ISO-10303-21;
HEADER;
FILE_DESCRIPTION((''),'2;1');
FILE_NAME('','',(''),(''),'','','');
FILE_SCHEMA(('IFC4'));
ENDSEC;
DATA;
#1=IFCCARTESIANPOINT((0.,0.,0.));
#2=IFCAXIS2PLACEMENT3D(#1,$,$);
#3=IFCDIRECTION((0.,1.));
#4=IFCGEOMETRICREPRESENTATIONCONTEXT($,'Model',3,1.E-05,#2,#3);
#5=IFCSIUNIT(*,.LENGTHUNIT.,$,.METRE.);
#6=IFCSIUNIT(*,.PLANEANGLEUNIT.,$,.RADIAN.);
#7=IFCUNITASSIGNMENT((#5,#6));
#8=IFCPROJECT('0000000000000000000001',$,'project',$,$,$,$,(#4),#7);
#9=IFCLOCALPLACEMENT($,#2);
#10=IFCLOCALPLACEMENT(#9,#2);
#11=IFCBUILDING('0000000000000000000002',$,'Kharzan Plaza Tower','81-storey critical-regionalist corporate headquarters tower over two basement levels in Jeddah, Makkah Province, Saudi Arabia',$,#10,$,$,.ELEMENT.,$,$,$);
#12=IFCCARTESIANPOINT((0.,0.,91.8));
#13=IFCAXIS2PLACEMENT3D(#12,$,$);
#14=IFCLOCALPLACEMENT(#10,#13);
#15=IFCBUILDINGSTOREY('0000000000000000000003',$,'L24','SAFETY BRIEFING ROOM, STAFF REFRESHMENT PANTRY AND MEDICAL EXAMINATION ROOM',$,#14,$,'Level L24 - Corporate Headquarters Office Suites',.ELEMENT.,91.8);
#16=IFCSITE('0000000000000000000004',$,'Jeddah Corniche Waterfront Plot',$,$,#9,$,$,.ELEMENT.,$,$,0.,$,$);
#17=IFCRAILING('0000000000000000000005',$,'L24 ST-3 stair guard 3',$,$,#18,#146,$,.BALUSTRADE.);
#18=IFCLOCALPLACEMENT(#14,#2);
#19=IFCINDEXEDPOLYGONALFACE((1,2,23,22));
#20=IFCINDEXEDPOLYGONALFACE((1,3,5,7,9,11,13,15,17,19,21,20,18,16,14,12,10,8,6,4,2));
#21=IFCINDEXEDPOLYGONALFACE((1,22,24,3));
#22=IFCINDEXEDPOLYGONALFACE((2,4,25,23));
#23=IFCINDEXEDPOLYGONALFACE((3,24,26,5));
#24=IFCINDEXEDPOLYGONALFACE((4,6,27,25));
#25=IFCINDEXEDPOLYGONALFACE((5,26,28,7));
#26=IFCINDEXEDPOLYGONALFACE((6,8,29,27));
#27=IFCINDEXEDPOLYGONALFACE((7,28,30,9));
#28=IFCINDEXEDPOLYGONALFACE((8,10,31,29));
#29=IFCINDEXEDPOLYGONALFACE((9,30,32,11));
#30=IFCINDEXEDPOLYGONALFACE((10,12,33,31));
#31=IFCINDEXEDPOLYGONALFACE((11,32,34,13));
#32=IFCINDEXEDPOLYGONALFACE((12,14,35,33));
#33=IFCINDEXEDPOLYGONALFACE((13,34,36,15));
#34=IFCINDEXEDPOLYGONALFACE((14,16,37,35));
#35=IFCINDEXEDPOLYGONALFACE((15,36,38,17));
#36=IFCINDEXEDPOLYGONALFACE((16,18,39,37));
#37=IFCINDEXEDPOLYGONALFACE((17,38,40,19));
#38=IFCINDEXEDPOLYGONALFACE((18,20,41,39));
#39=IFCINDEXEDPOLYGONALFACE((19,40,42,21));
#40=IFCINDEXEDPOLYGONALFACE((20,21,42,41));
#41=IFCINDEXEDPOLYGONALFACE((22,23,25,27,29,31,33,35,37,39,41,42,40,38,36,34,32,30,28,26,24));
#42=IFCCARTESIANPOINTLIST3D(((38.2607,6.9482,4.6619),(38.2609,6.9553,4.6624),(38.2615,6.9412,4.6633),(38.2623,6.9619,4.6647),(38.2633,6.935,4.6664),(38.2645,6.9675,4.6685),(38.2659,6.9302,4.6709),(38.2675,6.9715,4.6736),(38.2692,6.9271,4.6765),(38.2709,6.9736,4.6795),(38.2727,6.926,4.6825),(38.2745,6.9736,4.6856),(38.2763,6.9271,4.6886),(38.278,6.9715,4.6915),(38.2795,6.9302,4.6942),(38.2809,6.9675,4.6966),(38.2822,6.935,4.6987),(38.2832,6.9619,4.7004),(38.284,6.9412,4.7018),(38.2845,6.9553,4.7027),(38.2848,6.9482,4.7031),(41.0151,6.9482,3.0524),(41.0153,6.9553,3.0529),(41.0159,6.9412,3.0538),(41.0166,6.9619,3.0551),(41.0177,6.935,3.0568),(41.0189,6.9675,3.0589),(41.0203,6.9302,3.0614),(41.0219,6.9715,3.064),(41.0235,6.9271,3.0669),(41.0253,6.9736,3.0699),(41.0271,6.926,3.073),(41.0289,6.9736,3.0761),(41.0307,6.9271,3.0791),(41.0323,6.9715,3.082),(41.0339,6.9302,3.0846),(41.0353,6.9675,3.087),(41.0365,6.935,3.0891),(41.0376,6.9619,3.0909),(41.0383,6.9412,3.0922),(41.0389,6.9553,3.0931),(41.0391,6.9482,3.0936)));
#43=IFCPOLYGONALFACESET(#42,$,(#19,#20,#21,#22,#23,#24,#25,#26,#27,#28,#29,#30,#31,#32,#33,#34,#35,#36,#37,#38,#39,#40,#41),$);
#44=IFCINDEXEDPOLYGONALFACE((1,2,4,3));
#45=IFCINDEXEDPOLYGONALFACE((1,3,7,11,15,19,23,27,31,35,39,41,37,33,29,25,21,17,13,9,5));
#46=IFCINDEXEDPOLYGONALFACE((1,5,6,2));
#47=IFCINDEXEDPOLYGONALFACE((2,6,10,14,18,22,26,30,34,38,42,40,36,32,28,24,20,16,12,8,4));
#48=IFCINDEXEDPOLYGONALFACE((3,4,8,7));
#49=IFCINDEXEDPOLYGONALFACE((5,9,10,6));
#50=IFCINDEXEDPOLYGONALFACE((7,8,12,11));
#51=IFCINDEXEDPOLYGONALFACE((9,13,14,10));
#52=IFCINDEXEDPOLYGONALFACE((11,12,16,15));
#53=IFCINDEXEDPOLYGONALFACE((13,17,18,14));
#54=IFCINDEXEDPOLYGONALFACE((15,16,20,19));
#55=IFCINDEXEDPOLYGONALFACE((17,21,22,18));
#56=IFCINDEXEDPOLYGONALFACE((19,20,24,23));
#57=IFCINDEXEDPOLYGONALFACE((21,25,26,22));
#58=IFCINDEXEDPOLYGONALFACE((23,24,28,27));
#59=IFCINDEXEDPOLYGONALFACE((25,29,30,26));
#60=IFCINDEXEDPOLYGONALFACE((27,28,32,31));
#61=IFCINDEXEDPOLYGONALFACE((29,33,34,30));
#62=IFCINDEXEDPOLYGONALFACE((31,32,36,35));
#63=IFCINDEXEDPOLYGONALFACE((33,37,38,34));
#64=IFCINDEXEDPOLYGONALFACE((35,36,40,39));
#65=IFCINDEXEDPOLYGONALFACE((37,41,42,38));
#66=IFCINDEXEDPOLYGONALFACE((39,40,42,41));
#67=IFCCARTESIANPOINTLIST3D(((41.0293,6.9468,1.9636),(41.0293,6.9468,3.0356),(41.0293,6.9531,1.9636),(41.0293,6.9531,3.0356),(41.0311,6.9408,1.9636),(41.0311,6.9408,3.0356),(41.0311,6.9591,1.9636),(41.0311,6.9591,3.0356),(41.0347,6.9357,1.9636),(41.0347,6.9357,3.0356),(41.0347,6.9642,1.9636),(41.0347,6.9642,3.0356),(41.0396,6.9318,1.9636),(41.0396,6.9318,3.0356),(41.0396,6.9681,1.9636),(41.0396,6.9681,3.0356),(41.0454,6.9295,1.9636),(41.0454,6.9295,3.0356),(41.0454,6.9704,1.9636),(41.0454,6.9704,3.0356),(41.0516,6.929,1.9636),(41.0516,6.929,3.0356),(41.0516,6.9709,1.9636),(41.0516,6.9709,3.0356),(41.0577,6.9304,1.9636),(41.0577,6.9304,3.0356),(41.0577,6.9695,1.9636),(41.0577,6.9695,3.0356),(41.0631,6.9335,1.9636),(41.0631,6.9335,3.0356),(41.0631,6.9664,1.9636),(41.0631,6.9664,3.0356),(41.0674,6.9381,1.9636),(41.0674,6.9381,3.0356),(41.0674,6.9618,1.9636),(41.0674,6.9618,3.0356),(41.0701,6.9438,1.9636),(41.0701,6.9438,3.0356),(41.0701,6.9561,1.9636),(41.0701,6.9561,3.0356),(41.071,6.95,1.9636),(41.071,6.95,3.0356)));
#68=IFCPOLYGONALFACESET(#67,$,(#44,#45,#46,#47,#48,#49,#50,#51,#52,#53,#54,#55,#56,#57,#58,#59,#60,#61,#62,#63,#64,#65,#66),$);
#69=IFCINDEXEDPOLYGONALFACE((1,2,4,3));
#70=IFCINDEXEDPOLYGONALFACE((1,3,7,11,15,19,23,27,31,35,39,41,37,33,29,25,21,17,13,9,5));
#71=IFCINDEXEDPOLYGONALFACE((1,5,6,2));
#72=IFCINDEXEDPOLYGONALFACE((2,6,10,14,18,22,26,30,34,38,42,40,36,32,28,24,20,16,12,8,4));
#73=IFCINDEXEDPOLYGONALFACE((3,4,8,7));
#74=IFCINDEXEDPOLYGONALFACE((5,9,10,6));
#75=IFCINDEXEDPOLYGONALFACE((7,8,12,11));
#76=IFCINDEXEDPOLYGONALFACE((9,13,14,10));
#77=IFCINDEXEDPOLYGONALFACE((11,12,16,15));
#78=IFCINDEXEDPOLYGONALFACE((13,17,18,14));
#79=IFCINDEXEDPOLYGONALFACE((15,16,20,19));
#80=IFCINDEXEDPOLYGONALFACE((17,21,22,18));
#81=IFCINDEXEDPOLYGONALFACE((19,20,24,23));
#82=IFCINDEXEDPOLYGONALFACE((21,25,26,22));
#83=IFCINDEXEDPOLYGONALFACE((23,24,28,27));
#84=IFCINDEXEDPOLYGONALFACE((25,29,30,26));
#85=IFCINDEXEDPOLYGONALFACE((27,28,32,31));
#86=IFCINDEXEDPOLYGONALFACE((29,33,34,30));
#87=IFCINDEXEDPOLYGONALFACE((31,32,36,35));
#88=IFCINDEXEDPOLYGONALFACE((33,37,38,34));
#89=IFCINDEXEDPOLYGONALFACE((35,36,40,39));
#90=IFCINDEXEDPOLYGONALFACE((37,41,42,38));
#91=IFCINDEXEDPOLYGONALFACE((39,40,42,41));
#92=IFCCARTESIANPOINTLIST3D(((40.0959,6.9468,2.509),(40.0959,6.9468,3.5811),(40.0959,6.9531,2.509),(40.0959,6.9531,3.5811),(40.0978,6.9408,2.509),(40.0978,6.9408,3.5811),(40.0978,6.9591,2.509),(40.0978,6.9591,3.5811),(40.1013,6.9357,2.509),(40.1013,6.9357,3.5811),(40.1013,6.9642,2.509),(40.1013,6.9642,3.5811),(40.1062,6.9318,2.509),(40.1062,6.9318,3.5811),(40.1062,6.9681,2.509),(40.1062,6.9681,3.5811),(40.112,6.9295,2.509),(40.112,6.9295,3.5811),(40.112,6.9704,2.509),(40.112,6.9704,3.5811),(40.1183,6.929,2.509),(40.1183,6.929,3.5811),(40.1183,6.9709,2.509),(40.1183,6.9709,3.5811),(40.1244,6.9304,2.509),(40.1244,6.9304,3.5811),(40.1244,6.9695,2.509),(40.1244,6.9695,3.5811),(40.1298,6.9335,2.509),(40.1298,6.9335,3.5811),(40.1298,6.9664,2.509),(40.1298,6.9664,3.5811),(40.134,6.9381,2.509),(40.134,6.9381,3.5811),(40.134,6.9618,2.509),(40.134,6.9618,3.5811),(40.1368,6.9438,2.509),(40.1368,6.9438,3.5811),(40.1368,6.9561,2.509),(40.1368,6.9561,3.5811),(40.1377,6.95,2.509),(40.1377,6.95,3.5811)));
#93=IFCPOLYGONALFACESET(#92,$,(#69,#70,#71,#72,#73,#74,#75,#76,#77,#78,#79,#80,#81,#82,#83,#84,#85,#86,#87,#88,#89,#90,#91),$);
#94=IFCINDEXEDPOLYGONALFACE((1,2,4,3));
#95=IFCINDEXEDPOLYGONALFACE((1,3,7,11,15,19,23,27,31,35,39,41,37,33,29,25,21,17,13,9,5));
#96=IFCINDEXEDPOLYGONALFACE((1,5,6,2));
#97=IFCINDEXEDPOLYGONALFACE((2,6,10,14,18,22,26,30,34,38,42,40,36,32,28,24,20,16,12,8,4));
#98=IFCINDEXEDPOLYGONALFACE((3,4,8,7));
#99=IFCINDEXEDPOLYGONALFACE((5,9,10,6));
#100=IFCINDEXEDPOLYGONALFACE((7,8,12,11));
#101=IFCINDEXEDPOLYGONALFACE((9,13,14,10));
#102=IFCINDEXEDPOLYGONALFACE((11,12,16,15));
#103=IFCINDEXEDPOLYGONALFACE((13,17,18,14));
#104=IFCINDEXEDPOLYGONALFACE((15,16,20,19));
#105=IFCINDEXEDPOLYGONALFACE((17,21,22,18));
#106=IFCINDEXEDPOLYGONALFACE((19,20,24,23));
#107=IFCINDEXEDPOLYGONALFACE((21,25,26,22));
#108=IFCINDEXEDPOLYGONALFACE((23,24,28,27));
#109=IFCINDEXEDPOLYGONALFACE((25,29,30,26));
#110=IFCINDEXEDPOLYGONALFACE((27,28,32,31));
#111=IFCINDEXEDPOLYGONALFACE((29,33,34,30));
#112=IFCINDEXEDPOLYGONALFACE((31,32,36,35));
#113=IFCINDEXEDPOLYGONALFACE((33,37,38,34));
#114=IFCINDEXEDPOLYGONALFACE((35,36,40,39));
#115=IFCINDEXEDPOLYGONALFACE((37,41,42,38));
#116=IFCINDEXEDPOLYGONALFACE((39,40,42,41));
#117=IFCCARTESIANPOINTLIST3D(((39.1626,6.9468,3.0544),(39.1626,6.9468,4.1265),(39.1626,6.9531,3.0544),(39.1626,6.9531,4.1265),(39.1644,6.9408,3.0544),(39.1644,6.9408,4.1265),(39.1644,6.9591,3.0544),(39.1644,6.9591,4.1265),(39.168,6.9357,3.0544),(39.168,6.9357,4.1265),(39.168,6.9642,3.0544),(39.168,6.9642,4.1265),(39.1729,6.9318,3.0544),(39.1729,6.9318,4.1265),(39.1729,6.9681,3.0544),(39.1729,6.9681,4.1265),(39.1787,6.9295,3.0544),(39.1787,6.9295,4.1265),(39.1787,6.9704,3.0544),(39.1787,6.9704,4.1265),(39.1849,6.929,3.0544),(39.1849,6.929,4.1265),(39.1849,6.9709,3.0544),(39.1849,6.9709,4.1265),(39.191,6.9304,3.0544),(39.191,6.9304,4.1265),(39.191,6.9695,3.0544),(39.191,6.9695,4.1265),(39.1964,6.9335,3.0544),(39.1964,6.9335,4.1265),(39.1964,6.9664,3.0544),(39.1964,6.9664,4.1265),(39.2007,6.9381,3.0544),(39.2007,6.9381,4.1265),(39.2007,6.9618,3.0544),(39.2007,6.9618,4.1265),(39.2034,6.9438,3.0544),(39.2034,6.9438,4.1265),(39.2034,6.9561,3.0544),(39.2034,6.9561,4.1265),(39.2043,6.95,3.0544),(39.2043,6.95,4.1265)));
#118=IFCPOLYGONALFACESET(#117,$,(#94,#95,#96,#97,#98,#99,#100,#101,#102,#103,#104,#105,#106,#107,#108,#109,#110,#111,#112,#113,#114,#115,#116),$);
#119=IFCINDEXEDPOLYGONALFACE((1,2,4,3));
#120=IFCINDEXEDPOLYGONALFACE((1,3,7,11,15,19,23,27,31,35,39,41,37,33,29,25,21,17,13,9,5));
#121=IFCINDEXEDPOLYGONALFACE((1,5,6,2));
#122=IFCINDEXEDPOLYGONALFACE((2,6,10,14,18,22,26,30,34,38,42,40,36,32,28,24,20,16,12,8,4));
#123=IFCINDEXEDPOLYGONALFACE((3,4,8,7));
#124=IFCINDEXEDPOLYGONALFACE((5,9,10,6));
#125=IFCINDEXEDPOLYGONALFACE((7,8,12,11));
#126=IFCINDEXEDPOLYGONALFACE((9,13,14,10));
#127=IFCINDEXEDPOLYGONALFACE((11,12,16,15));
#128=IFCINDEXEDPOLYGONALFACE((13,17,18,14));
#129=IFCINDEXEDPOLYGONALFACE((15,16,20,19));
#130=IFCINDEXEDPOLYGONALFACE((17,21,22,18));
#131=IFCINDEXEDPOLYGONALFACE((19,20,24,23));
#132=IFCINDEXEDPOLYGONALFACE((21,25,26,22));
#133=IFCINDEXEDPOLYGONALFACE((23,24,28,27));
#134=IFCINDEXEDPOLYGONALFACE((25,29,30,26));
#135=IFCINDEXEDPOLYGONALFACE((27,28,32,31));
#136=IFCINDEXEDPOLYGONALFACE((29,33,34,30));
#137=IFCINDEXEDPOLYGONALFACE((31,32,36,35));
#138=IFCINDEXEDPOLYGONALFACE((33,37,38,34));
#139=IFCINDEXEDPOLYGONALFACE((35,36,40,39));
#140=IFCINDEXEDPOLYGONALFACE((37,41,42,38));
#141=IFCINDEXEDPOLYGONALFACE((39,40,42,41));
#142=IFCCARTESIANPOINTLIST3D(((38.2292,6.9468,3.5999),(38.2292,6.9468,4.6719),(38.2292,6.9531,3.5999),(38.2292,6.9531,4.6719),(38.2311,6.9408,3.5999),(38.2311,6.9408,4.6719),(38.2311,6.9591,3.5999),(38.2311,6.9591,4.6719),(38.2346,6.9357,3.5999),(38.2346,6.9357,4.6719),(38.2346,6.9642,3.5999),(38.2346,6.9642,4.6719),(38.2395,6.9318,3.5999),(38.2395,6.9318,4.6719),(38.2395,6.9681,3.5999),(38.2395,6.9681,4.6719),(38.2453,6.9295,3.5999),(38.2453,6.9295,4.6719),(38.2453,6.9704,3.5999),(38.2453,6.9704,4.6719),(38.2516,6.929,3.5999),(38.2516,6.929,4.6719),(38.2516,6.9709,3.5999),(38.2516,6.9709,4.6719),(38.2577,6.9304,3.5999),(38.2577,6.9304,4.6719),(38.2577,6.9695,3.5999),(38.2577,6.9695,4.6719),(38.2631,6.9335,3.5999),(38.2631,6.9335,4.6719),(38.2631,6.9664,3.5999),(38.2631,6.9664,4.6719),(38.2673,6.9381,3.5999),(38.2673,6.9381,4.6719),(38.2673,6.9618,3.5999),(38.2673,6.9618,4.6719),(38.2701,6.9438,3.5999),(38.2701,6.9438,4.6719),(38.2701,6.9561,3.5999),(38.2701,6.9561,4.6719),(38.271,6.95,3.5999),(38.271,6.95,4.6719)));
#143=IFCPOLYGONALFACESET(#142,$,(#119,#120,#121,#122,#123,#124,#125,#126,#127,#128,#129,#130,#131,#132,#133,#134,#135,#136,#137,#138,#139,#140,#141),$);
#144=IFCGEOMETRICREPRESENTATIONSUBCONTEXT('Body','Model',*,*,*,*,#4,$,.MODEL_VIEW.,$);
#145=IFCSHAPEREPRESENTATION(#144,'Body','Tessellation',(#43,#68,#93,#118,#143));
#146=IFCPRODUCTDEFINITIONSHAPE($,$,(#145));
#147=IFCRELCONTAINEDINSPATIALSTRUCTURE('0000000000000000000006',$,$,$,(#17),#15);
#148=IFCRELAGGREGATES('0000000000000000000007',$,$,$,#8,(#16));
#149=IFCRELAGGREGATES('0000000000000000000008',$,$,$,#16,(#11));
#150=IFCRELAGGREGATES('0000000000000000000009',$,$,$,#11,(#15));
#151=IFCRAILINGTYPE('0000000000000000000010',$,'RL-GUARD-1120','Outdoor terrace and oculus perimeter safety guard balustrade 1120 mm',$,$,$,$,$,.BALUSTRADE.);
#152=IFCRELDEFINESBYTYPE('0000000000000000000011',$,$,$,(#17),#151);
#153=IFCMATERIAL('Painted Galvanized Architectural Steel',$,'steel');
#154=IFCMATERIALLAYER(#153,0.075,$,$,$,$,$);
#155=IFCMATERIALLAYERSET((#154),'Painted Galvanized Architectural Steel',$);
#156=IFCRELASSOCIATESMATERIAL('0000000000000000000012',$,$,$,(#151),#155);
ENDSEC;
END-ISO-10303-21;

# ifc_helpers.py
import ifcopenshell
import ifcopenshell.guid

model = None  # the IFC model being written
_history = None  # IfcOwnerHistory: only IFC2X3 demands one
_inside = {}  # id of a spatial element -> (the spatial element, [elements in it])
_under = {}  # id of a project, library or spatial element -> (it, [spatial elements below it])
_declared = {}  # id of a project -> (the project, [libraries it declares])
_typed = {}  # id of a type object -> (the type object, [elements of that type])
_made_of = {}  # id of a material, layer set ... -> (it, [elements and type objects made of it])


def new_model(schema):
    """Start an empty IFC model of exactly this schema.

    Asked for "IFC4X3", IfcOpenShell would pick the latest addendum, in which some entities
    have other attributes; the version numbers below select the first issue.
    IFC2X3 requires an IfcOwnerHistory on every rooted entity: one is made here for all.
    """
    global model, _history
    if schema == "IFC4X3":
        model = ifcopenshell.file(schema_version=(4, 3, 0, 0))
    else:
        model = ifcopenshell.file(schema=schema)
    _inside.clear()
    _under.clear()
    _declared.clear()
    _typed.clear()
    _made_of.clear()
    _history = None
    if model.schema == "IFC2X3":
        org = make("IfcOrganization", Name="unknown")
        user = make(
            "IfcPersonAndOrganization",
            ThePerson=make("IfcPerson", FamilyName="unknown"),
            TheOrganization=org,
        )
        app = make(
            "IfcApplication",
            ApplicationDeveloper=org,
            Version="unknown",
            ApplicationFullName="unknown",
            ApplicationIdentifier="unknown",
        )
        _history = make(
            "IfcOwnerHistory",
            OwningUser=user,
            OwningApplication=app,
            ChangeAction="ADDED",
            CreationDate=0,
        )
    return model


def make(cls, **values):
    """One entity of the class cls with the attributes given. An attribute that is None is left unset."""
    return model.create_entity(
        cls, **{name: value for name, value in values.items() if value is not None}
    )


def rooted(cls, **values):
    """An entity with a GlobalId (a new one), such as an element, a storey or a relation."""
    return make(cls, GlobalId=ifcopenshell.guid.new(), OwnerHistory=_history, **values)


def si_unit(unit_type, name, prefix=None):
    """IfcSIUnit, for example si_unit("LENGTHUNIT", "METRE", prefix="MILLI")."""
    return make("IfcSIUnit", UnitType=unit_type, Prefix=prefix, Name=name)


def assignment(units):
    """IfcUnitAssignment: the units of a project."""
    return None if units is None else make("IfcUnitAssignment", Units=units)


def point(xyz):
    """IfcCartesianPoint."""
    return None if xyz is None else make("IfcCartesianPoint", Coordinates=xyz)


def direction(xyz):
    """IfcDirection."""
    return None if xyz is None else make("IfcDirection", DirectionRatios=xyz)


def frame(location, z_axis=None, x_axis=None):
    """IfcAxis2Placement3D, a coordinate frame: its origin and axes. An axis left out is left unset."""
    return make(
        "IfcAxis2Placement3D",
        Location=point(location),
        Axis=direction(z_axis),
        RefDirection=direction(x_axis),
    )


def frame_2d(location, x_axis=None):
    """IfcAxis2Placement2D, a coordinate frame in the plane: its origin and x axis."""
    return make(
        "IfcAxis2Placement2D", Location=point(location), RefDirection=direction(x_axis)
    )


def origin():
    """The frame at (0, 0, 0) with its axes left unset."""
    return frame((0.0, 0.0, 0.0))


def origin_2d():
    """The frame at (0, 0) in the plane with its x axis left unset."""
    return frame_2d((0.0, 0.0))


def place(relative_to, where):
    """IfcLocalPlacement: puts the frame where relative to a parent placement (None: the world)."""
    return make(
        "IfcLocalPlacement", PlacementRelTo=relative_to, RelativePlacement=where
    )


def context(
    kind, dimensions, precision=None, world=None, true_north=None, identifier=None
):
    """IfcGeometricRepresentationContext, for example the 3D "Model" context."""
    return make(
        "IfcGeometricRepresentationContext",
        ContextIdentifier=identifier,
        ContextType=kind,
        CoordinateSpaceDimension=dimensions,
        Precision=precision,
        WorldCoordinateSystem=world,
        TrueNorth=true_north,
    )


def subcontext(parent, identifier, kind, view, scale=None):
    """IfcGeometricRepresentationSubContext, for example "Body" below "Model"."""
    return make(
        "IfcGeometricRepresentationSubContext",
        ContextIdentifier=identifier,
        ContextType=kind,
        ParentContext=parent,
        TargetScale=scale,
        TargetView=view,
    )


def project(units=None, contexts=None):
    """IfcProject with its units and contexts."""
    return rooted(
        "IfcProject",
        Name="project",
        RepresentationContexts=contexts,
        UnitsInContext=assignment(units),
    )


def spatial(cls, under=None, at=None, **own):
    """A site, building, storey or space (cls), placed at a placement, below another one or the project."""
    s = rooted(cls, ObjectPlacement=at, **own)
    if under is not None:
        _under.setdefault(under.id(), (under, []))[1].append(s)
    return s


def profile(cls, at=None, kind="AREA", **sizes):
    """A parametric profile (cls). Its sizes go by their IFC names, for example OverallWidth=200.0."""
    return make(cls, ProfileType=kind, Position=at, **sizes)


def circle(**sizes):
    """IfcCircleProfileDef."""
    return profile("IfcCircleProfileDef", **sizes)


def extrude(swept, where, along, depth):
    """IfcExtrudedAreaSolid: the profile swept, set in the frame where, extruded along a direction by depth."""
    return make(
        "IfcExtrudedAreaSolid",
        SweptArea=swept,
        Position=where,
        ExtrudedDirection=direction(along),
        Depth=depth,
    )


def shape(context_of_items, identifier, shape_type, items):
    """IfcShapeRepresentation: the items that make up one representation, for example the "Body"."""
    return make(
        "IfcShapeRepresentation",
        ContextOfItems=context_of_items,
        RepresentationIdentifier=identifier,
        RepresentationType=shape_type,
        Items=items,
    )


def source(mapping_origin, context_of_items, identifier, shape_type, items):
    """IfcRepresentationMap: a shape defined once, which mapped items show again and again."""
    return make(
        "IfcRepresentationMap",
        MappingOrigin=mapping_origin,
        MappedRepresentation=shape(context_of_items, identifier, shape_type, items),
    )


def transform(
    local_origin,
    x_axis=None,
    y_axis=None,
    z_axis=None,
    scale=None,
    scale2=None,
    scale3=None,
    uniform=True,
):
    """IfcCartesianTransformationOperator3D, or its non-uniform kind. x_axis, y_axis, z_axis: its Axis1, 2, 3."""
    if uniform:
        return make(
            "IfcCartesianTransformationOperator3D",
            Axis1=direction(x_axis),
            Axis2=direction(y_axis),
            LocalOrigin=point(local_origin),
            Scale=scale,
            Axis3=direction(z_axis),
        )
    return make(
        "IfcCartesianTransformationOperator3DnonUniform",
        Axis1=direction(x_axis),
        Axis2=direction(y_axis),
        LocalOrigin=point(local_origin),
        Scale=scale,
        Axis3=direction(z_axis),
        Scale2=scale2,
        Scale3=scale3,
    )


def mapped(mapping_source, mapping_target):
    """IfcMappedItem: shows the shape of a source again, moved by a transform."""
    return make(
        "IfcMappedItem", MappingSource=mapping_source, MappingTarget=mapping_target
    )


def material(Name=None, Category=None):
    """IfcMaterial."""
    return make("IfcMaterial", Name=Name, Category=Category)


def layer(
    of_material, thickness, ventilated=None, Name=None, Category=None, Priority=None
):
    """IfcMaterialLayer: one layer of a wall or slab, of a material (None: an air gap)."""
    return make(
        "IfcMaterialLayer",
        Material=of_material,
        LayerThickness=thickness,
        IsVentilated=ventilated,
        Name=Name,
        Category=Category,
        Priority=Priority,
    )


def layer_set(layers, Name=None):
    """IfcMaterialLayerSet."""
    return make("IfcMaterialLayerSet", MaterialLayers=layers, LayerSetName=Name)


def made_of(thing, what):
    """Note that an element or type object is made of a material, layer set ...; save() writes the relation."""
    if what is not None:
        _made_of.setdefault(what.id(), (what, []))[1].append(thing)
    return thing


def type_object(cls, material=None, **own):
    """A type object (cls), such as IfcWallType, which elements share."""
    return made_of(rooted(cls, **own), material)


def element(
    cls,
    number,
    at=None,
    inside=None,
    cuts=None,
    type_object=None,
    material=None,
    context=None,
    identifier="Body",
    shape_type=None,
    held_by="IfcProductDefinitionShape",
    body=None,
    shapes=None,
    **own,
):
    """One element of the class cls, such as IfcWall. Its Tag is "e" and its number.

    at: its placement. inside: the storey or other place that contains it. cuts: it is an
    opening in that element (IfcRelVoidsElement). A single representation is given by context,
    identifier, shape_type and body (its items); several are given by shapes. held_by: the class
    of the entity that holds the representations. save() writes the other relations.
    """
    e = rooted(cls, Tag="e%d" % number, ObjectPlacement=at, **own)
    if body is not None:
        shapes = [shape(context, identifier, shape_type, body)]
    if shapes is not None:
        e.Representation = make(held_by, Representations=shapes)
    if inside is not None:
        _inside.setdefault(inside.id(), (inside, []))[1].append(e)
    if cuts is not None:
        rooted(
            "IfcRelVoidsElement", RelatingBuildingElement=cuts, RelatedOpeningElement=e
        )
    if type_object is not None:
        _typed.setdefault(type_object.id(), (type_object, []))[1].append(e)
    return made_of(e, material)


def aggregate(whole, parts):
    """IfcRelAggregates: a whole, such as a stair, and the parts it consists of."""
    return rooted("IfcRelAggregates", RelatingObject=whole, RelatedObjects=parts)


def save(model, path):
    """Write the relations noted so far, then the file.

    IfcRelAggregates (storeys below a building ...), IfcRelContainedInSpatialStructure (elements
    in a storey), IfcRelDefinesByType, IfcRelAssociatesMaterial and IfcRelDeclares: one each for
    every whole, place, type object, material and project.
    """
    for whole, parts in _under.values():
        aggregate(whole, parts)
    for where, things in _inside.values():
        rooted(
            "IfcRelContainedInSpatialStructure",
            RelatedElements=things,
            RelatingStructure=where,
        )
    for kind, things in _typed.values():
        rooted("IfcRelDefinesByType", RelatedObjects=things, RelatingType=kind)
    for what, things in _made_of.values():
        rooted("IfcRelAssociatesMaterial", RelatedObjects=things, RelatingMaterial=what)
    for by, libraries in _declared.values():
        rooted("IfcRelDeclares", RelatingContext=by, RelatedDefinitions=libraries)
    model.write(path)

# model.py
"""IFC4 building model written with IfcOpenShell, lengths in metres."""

from ifc_helpers import new_model, si_unit, direction, frame, origin, origin_2d, place, context, subcontext, project, spatial, circle, extrude, source, transform, mapped, material, layer, layer_set, type_object, element, save


model = new_model("IFC4")

# Units and contexts
model_context = context("Model", 3, precision=1e-05, world=origin(), true_north=direction((0.0, 1.0)))
body_context = subcontext(model_context, "Body", "Model", "MODEL_VIEW")
ifc_project = project(units=[si_unit("LENGTHUNIT", "METRE"), si_unit("PLANEANGLEUNIT", "RADIAN")], contexts=[model_context])

# Site, building, storey
site_placement = place(None, origin())
site = spatial("IfcSite", under=ifc_project, at=site_placement, Name="Jeddah Corniche Waterfront Plot", CompositionType="ELEMENT", RefElevation=0.0)
building_placement = place(site_placement, origin())
building = spatial("IfcBuilding", under=site, at=building_placement, Name="Kharzan Plaza Tower", Description="81-storey critical-regionalist corporate headquarters tower over two basement levels in Jeddah, Makkah Province, Saudi Arabia", CompositionType="ELEMENT")
storey_placement = place(building_placement, frame((0.0, 0.0, 91.8)))
storey = spatial("IfcBuildingStorey", under=building, at=storey_placement, Name="L24", Description="SAFETY BRIEFING ROOM, STAFF REFRESHMENT PANTRY AND MEDICAL EXAMINATION ROOM", LongName="Level L24 - Corporate Headquarters Office Suites", CompositionType="ELEMENT", Elevation=91.8)

# Railing
ifc_material_1 = material(Name="Painted Galvanized Architectural Steel", Category="steel")
ifc_layer_1 = layer(ifc_material_1, 0.075)
ifc_layer_set_1 = layer_set([ifc_layer_1], Name="Painted Galvanized Architectural Steel")
railing_type_1 = type_object("IfcRailingType", Name="RL-GUARD-1120", Description="Outdoor terrace and oculus perimeter safety guard balustrade 1120 mm", PredefinedType="BALUSTRADE", material=ifc_layer_set_1)
shared_shape_1 = source(origin(), body_context, "Body", "SweptSolid", [
    extrude(circle(Radius=0.0239, at=origin_2d()), frame((-0.0229, 0.0, 1.1094), z_axis=(-0.863394, 0.0, 0.504531), x_axis=(0.0, -1.0, 0.0)), (0.0, 0.0, 1.0), 3.1902),
    extrude(circle(Radius=0.021, at=origin_2d()), origin(), (0.0, 0.0, 1.0), 1.072),
    extrude(circle(Radius=0.021, at=origin_2d()), frame((-0.9333, 0.0, 0.5454)), (0.0, 0.0, 1.0), 1.072),
    extrude(circle(Radius=0.021, at=origin_2d()), frame((-1.8667, 0.0, 1.0908)), (0.0, 0.0, 1.0), 1.072),
    extrude(circle(Radius=0.021, at=origin_2d()), frame((-2.8, 0.0, 1.6362)), (0.0, 0.0, 1.0), 1.072),
])
railing_1_placement = place(storey_placement, frame((41.05, 6.95, 1.9636)))
element("IfcRailing", 1, at=railing_1_placement, inside=storey, type_object=railing_type_1, Name="L24 ST-3 stair guard 3", PredefinedType="BALUSTRADE", context=body_context, shape_type="MappedRepresentation", body=[
    mapped(shared_shape_1, transform((0.0, 0.0, 0.0), x_axis=(1.0, 0.0, 0.0), y_axis=(0.0, 1.0, 0.0), z_axis=(0.0, 0.0, 1.0))),
])

save(model, "model.ifc")
